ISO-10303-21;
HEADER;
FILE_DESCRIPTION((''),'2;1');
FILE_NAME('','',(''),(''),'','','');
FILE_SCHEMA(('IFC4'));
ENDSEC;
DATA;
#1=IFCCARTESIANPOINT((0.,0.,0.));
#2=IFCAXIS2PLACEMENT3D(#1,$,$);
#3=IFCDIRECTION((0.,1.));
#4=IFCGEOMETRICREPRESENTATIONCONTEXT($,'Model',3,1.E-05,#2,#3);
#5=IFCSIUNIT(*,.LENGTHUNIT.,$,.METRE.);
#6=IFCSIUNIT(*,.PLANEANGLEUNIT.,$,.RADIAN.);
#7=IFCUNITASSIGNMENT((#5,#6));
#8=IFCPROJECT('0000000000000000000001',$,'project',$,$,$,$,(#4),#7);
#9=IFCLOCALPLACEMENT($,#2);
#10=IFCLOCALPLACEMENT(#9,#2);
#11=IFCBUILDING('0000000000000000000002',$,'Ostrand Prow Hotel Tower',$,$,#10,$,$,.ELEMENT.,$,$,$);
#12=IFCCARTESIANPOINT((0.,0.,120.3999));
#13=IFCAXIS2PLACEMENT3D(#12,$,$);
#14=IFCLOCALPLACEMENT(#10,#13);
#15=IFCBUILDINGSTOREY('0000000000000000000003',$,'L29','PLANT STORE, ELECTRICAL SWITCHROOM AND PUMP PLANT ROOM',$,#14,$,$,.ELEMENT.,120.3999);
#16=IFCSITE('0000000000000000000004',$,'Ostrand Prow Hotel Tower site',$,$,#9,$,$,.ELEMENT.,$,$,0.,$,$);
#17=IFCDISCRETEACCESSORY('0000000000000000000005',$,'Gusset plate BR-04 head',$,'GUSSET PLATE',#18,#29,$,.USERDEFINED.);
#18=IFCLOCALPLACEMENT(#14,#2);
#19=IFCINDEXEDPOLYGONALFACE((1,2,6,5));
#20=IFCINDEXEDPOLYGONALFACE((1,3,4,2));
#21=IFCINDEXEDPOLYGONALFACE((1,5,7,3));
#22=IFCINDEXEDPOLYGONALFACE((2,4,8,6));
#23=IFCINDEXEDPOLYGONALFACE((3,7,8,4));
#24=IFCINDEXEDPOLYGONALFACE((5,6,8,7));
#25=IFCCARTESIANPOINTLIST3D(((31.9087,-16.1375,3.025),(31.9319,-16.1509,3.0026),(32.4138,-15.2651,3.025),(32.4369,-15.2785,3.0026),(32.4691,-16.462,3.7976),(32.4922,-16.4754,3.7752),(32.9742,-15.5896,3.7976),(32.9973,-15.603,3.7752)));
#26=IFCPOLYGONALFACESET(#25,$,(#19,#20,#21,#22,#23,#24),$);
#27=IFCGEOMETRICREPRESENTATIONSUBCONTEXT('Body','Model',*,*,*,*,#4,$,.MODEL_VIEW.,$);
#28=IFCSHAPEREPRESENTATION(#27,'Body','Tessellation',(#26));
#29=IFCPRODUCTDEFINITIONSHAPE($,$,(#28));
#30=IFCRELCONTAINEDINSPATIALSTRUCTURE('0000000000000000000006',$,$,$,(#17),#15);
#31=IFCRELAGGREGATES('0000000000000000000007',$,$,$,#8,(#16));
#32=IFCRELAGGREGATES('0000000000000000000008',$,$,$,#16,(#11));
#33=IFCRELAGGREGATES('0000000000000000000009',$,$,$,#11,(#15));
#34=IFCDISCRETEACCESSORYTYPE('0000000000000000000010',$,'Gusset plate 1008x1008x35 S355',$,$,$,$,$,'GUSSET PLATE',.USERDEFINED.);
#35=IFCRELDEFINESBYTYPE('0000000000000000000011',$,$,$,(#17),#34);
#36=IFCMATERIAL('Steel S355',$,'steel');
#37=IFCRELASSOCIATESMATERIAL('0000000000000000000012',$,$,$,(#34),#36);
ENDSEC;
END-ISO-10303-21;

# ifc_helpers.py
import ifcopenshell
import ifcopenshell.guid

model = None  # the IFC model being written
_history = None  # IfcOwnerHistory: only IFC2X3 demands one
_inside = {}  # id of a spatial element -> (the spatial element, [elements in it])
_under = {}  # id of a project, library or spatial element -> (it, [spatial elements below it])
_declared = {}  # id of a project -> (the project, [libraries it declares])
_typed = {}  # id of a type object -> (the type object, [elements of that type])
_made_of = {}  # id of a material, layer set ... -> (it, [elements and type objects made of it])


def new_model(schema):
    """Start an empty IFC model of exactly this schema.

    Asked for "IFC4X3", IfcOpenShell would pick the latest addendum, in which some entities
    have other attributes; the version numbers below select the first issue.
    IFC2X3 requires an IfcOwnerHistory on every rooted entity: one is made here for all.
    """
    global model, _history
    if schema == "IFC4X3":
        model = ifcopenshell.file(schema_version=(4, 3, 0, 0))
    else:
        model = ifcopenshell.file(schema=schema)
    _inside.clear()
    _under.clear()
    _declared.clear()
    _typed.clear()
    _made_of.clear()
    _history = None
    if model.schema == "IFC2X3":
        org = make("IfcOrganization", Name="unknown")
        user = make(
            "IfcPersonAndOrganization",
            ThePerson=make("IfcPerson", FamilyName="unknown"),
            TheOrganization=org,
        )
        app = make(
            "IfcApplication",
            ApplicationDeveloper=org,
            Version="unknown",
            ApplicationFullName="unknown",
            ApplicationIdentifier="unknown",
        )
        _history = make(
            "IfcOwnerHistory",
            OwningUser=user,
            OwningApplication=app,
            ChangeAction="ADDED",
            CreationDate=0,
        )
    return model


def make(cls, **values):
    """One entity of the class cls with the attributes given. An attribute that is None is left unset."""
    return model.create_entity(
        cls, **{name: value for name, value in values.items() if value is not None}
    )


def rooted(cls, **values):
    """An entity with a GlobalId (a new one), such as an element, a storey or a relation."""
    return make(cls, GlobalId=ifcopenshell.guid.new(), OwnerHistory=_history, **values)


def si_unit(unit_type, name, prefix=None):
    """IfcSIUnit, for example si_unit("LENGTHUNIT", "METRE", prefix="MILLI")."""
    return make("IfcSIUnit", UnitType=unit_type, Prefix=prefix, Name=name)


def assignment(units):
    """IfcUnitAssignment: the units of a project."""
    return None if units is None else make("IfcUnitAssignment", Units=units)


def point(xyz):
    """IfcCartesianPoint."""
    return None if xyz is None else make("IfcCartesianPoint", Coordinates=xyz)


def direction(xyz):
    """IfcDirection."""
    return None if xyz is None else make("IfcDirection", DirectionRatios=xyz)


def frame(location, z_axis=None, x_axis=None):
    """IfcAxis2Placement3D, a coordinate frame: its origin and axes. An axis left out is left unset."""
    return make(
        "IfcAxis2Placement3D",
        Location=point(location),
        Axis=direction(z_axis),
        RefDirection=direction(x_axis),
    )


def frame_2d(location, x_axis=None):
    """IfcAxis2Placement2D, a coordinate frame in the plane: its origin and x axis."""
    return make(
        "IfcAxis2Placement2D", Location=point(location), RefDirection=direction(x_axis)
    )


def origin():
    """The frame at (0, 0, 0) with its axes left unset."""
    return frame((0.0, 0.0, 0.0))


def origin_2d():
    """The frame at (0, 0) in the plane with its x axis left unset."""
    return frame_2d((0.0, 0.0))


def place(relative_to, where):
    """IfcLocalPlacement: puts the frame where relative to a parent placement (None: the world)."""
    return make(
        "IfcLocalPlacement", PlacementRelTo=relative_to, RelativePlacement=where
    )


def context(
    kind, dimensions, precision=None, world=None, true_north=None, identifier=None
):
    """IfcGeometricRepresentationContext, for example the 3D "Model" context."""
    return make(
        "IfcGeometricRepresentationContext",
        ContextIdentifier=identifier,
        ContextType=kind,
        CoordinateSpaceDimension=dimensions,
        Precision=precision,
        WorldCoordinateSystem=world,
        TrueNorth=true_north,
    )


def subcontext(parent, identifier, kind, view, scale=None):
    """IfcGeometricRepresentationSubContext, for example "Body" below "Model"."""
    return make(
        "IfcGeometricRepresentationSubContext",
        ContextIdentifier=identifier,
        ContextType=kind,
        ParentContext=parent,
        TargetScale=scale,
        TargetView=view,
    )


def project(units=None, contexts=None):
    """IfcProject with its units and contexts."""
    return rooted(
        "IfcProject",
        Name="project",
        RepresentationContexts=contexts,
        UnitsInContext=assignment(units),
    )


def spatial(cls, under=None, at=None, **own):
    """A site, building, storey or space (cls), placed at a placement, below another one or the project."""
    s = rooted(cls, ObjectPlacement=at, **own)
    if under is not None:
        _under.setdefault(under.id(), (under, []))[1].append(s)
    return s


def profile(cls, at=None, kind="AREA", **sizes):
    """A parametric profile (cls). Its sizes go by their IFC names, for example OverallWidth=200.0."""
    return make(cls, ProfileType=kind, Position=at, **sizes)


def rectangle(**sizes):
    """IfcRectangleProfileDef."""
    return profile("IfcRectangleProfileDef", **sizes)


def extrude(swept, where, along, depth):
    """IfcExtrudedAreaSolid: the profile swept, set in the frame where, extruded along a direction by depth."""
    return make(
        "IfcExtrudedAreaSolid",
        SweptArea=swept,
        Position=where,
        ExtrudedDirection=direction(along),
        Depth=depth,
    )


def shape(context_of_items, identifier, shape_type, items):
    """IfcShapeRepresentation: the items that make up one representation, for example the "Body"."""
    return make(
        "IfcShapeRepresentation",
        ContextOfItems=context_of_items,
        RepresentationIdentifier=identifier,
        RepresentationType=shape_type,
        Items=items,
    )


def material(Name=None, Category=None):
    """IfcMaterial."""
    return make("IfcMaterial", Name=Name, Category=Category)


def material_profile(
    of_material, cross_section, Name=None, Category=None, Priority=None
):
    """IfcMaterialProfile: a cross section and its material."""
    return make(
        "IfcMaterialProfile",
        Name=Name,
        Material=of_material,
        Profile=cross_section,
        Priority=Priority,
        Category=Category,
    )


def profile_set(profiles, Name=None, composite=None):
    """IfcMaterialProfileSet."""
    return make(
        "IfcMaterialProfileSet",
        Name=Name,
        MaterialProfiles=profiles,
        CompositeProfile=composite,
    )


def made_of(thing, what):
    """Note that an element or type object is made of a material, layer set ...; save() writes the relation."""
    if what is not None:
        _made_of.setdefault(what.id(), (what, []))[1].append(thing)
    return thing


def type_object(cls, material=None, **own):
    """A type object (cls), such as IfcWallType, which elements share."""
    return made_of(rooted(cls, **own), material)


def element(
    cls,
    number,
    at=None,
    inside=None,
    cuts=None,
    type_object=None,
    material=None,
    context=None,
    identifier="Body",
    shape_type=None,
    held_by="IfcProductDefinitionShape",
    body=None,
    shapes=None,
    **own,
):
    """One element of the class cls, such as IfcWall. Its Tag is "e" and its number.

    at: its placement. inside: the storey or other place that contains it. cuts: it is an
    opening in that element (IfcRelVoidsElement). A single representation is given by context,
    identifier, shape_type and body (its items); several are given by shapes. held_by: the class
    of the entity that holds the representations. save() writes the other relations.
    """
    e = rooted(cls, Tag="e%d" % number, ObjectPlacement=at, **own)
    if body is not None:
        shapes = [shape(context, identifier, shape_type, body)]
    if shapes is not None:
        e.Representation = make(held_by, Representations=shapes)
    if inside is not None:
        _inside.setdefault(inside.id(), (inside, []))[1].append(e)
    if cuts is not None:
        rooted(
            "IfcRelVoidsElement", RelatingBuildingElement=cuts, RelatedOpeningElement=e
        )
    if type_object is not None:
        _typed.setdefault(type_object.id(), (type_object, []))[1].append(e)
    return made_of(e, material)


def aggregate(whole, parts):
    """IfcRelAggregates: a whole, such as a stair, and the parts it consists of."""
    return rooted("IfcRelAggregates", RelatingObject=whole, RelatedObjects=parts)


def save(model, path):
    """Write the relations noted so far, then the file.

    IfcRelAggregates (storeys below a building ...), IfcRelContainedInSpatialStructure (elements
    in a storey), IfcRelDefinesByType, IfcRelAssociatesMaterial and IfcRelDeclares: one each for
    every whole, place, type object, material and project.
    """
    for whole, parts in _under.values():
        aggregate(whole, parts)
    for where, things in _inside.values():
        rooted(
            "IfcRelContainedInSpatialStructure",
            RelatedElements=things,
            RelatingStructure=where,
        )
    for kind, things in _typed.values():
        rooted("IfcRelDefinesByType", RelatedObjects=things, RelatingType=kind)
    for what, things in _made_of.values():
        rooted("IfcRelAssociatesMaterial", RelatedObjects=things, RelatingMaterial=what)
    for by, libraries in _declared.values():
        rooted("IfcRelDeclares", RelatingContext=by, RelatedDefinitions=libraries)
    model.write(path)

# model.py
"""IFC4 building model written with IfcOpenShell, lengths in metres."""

from ifc_helpers import new_model, si_unit, direction, frame, origin, origin_2d, place, context, subcontext, project, spatial, rectangle, extrude, material, material_profile, profile_set, type_object, element, save


model = new_model("IFC4")

# Units and contexts
model_context = context("Model", 3, precision=1e-05, world=origin(), true_north=direction((0.0, 1.0)))
body_context = subcontext(model_context, "Body", "Model", "MODEL_VIEW")
ifc_project = project(units=[si_unit("LENGTHUNIT", "METRE"), si_unit("PLANEANGLEUNIT", "RADIAN")], contexts=[model_context])

# Site, building, storey
site_placement = place(None, origin())
site = spatial("IfcSite", under=ifc_project, at=site_placement, Name="Ostrand Prow Hotel Tower site", CompositionType="ELEMENT", RefElevation=0.0)
building_placement = place(site_placement, origin())
building = spatial("IfcBuilding", under=site, at=building_placement, Name="Ostrand Prow Hotel Tower", CompositionType="ELEMENT")
storey_placement = place(building_placement, frame((0.0, 0.0, 120.3999)))
storey = spatial("IfcBuildingStorey", under=building, at=storey_placement, Name="L29", Description="PLANT STORE, ELECTRICAL SWITCHROOM AND PUMP PLANT ROOM", CompositionType="ELEMENT", Elevation=120.3999)

# Discrete accessory
ifc_material_1 = material(Name="Steel S355", Category="steel")
ifc_material_profile_1 = material_profile(ifc_material_1, rectangle(XDim=1.0081, YDim=1.0081, at=origin_2d()), Name="PL 1008x1008x35")
ifc_profile_set_1 = profile_set([ifc_material_profile_1], Name="Steel S355")
discrete_accessory_type = type_object("IfcDiscreteAccessoryType", Name="Gusset plate 1008x1008x35 S355", ElementType="GUSSET PLATE", PredefinedType="USERDEFINED", material=ifc_profile_set_1)
for number, where, z_axis, x_axis, name in (
    (1, (32.4646, -15.877, 3.3889), (-0.663282, 0.384006, 0.642337), (-0.501036, -0.865426, 0.0), "Gusset plate BR-04 head"),
):
    element("IfcDiscreteAccessory", number, at=place(storey_placement, frame(where, z_axis=z_axis, x_axis=x_axis)), inside=storey, type_object=discrete_accessory_type, Name=name, ObjectType="GUSSET PLATE", PredefinedType="USERDEFINED", context=body_context, shape_type="SweptSolid", body=[
        extrude(rectangle(XDim=1.0081, YDim=1.0081, at=origin_2d()), origin(), (0.0, 0.0, 1.0), 0.0349),
    ])

save(model, "model.ifc")
